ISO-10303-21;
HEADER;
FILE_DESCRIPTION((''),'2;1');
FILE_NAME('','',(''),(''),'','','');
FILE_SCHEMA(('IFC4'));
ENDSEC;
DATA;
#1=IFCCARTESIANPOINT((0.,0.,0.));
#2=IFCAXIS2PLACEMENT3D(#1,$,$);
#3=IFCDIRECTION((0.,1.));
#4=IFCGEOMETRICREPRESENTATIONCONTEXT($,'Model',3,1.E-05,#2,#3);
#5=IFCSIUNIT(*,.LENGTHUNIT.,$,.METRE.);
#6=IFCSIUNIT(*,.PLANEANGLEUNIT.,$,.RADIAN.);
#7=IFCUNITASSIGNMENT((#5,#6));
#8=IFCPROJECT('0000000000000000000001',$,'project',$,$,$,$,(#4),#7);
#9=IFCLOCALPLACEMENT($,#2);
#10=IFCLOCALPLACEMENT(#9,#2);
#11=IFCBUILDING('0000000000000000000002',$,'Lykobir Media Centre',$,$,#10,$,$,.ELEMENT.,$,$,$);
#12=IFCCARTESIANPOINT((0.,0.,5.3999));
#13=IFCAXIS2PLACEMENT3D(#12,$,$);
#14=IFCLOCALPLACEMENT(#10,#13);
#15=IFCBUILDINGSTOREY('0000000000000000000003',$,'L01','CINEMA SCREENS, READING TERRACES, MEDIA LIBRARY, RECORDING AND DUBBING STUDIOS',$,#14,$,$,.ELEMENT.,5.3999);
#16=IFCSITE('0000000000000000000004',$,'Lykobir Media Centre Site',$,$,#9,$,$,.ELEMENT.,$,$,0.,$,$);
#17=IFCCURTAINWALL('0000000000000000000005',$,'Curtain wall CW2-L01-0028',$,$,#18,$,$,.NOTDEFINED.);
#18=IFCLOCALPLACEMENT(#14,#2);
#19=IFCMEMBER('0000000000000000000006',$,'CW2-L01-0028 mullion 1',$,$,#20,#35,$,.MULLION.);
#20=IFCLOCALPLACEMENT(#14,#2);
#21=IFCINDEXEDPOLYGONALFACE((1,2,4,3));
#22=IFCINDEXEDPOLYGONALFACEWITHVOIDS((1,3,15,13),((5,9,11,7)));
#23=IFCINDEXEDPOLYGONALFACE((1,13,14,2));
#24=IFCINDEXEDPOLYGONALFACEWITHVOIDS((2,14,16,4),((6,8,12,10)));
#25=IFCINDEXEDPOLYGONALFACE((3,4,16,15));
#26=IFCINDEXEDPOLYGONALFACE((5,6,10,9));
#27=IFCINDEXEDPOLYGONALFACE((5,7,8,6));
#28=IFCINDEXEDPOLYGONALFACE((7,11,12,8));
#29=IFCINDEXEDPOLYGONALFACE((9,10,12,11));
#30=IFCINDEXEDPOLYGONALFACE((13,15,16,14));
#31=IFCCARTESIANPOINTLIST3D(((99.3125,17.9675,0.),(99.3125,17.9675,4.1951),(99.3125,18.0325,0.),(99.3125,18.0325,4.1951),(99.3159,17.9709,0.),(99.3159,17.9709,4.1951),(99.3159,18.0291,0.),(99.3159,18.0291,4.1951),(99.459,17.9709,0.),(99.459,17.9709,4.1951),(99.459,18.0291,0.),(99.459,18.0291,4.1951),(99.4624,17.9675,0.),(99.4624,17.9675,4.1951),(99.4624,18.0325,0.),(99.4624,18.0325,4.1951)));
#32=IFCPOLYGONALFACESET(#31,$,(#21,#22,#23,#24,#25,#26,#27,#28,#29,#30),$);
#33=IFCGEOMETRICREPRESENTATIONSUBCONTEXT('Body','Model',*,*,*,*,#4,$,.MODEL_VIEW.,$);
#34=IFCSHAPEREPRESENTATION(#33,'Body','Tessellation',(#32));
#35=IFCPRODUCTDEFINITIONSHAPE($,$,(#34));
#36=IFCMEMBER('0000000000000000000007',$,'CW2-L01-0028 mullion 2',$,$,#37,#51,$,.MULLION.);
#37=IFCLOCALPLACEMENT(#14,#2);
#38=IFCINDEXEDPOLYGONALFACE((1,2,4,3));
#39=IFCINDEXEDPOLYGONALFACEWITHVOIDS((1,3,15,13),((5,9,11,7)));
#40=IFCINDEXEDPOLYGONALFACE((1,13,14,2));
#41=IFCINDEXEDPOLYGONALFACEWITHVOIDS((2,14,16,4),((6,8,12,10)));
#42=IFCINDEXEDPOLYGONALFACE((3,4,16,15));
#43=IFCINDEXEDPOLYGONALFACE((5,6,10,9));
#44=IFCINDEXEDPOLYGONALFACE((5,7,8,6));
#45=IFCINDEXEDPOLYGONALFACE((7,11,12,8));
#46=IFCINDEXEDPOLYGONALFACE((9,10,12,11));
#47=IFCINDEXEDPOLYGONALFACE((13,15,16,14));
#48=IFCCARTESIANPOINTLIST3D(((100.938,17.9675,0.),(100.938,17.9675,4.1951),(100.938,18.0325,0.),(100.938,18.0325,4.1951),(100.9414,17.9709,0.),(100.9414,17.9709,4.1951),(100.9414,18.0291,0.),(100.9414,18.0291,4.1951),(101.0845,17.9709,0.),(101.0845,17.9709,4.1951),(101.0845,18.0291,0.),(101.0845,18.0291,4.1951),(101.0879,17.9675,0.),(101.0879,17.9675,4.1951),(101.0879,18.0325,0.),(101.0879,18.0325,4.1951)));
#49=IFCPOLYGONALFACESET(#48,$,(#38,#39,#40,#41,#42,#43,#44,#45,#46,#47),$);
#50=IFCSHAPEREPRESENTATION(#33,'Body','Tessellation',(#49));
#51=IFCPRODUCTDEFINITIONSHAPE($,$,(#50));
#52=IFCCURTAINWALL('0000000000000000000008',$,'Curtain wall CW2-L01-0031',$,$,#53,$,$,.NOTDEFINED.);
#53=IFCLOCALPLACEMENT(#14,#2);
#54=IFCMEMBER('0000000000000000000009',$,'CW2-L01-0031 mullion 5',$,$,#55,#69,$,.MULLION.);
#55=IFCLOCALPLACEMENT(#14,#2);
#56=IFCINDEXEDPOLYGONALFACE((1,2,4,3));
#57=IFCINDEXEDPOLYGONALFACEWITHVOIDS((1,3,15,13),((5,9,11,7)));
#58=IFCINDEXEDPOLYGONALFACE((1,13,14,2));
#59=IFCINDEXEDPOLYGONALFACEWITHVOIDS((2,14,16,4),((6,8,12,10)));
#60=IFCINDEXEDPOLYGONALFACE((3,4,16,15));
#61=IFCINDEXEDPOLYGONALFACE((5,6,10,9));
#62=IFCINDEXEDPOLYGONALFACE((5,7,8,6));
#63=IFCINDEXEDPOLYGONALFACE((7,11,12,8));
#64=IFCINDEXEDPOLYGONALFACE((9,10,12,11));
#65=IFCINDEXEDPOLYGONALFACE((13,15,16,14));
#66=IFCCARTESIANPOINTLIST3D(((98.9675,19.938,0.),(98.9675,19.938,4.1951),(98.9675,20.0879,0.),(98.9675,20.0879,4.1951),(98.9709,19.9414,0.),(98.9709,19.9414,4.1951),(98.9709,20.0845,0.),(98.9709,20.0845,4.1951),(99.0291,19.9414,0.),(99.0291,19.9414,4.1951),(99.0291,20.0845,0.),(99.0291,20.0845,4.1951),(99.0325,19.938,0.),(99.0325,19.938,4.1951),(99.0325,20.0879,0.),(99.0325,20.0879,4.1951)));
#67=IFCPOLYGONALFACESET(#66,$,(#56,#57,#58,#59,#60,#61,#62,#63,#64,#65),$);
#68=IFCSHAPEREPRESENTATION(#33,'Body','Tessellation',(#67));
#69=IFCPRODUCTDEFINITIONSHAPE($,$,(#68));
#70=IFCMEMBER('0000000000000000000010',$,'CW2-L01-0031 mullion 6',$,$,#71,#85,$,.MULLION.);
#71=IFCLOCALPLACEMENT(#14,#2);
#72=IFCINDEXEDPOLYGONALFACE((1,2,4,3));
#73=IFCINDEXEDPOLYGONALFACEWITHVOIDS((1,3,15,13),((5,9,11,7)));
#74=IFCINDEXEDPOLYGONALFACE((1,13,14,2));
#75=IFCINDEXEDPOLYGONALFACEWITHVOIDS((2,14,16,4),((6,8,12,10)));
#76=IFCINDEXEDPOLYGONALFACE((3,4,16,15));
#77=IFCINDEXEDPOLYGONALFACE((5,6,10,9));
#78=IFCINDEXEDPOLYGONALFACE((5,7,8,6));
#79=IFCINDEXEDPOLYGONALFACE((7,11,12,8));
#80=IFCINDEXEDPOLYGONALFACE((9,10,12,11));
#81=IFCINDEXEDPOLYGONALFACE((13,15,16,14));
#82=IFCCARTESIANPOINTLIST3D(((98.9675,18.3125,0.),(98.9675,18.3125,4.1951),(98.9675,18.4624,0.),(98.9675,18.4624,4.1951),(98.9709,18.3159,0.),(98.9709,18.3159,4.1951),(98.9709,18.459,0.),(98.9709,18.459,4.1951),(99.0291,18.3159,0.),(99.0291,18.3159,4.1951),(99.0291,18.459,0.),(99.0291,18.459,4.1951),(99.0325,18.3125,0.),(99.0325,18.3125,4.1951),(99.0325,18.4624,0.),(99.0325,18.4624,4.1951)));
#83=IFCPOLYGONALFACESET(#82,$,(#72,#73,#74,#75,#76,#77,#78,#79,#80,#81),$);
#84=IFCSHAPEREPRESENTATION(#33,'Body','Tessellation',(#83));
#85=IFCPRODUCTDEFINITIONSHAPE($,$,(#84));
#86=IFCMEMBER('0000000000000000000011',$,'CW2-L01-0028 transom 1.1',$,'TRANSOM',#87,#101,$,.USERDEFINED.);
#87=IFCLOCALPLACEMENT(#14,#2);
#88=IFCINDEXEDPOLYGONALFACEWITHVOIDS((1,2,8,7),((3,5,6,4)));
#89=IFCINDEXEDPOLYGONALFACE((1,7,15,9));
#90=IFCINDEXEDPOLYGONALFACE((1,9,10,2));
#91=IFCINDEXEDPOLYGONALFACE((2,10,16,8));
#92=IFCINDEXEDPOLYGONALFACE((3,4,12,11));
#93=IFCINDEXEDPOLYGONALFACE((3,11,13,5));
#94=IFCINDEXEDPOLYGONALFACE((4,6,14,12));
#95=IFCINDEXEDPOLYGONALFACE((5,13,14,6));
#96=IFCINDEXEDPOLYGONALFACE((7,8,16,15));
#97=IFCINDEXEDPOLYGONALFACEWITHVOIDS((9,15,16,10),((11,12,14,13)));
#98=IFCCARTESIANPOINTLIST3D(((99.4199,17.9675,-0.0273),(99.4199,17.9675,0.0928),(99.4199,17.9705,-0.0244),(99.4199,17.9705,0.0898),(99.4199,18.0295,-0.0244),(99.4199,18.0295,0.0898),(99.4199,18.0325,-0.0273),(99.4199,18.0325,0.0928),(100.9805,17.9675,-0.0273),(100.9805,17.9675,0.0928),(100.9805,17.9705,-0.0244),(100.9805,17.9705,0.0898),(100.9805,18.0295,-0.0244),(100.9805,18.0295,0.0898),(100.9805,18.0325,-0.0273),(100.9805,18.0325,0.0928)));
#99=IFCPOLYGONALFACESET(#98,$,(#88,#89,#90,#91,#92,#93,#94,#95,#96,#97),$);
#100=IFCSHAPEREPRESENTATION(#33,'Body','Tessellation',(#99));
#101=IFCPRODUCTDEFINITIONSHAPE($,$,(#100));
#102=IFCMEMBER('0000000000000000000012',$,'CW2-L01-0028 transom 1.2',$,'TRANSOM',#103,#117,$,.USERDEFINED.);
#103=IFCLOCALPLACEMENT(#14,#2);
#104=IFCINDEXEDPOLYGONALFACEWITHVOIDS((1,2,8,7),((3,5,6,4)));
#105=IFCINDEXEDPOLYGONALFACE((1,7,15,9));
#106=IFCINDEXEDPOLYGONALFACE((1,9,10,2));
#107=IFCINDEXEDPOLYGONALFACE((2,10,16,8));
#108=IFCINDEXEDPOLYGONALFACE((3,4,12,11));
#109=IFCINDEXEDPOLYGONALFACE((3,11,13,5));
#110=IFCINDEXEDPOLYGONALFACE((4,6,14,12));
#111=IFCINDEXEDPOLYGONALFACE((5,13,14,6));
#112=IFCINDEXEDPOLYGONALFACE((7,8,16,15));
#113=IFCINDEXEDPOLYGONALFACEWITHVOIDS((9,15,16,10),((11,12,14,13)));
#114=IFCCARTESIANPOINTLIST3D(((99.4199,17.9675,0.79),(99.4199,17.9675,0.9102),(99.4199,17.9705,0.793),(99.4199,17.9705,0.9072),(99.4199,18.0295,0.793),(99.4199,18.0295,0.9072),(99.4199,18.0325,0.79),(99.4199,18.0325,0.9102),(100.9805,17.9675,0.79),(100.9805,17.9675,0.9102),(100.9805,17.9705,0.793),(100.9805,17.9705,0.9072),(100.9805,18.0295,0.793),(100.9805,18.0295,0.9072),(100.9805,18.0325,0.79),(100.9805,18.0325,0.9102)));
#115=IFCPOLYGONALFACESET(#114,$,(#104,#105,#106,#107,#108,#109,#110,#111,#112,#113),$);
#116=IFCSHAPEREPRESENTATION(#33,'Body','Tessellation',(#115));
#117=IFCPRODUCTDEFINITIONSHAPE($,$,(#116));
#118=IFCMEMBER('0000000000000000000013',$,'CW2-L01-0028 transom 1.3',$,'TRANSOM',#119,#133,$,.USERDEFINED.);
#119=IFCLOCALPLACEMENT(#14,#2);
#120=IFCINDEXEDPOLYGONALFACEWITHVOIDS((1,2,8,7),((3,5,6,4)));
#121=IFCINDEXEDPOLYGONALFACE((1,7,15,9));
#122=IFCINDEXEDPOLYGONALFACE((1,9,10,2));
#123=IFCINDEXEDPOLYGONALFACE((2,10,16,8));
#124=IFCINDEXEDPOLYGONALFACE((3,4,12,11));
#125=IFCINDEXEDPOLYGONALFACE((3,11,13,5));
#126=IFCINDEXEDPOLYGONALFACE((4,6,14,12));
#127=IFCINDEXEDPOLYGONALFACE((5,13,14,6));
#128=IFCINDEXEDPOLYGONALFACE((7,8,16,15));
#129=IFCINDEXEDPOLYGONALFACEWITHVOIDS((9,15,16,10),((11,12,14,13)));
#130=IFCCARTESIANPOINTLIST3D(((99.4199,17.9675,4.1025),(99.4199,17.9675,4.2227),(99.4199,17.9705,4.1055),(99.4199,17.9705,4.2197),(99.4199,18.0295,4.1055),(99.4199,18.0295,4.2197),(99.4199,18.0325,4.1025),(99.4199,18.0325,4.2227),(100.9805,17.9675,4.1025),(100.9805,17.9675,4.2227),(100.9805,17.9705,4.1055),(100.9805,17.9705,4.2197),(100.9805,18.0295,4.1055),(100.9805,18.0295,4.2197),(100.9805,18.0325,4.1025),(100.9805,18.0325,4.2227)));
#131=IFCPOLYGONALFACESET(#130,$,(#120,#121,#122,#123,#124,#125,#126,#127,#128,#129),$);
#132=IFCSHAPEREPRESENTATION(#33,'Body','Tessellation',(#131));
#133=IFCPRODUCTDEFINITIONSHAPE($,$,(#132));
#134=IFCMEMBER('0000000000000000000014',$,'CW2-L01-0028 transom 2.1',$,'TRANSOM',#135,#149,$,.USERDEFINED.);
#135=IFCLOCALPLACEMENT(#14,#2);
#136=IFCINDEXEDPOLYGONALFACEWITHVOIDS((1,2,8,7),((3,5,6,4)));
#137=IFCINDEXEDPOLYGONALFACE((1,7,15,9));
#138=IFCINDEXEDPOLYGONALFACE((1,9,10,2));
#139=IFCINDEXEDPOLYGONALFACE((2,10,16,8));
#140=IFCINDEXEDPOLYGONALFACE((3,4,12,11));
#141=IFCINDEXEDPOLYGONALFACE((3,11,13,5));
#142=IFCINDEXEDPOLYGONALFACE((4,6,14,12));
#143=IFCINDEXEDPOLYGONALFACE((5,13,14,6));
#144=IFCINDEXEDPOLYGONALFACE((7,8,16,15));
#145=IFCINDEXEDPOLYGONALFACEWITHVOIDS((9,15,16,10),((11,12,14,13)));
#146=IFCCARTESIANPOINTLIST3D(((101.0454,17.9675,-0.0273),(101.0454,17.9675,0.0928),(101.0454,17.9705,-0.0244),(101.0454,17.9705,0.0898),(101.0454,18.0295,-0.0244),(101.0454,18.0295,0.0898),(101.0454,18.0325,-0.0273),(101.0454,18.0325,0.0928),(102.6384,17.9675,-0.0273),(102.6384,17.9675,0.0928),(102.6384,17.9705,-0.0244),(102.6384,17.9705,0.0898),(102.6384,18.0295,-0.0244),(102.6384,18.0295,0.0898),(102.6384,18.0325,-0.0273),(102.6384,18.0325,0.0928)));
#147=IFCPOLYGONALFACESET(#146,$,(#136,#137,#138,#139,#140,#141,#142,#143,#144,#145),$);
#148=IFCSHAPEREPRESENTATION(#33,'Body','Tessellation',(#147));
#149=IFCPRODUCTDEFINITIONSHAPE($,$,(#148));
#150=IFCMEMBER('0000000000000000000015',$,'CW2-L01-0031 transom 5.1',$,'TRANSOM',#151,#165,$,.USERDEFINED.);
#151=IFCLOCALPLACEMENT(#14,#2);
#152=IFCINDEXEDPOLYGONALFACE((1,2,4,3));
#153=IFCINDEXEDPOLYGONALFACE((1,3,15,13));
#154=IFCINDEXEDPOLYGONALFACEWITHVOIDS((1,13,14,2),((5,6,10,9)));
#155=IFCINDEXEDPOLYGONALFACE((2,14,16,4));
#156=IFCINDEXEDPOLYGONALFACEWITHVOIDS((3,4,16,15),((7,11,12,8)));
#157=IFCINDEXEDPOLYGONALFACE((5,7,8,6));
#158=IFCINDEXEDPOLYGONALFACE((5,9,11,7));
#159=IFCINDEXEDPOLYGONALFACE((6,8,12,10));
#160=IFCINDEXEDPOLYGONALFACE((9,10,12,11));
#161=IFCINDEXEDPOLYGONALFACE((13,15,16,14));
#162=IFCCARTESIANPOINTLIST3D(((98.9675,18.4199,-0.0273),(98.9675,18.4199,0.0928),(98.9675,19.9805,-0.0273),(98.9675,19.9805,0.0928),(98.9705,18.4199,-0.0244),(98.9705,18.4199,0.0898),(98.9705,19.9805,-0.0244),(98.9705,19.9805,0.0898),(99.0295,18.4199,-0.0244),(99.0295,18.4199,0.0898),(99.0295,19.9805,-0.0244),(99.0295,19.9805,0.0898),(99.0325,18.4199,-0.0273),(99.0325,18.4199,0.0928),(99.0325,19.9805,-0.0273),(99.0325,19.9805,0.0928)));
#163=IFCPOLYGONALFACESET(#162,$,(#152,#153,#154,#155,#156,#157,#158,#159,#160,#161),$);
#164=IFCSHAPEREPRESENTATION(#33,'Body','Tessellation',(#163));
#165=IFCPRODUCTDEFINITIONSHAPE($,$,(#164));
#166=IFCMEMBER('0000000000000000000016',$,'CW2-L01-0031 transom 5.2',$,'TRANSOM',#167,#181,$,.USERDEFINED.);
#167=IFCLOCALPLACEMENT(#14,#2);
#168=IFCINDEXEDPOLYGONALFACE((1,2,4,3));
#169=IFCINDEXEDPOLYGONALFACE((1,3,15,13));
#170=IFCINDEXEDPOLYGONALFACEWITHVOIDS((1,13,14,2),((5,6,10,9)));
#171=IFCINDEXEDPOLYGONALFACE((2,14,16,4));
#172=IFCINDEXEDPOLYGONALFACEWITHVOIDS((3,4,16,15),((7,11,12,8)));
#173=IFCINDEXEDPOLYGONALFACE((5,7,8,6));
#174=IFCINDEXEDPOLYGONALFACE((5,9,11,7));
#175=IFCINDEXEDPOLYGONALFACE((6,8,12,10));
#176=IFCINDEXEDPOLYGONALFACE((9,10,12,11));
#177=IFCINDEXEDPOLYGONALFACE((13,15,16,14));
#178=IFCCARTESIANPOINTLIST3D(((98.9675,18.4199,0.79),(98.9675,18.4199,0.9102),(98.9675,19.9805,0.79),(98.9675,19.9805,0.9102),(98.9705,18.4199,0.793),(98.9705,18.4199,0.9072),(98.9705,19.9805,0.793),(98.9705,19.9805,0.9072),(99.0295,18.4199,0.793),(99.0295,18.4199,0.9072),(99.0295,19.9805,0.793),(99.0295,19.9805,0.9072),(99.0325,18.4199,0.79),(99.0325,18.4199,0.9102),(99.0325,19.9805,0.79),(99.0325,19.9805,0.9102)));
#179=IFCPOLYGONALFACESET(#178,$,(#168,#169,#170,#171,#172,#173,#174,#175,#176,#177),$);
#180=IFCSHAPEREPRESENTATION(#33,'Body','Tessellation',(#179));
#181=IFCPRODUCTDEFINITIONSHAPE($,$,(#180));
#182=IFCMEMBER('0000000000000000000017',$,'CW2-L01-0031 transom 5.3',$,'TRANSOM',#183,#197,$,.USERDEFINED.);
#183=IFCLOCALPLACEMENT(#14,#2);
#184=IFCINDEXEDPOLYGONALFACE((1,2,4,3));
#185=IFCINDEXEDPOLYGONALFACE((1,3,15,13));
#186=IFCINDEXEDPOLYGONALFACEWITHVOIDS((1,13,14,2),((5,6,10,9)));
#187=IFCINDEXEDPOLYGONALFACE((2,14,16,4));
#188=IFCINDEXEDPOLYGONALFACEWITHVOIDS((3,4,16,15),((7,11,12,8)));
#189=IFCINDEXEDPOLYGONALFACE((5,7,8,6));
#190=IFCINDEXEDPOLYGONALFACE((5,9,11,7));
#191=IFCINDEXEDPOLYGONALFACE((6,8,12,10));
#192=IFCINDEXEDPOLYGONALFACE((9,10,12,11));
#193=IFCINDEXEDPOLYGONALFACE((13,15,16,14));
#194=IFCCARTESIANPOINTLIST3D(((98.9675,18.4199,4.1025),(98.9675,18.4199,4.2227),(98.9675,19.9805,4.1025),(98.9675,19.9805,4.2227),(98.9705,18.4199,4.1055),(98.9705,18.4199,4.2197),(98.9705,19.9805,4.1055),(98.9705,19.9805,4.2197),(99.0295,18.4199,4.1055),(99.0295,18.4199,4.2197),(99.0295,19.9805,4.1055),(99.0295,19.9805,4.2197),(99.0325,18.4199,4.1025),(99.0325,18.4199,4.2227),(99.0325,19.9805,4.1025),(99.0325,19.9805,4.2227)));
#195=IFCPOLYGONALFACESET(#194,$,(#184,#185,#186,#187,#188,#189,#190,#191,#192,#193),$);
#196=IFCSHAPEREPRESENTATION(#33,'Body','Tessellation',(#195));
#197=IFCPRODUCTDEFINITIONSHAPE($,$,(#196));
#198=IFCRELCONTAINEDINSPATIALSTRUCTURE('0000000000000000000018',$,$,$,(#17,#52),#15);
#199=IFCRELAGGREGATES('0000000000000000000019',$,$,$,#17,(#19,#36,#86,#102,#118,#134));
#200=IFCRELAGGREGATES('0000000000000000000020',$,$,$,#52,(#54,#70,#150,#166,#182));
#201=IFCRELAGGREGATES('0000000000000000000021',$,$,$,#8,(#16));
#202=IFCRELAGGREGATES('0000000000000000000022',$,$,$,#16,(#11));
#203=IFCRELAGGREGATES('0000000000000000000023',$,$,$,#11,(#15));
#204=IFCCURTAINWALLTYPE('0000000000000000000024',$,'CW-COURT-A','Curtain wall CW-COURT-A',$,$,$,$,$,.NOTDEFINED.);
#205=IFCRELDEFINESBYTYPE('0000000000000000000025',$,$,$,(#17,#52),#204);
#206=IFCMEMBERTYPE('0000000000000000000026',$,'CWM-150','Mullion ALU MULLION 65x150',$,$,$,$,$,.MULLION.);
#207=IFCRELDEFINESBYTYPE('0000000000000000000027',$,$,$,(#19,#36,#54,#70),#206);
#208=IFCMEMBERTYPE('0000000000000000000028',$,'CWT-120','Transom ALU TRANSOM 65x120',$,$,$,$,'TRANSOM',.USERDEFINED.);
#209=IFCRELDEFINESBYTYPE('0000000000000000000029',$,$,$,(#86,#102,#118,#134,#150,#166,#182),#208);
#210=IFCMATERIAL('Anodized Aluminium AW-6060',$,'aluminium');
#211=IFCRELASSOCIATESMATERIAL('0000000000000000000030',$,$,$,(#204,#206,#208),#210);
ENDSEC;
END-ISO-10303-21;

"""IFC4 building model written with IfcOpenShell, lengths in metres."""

from ifc_helpers import new_model, si_unit, direction, frame, origin, origin_2d, place, context, subcontext, project, spatial, hollow_rectangle, extrude, material, material_profile, profile_set, type_object, element, aggregate, save


model = new_model("IFC4")

# Units and contexts
model_context = context("Model", 3, precision=1e-05, world=origin(), true_north=direction((0.0, 1.0)))
body_context = subcontext(model_context, "Body", "Model", "MODEL_VIEW")
ifc_project = project(units=[si_unit("LENGTHUNIT", "METRE"), si_unit("PLANEANGLEUNIT", "RADIAN")], contexts=[model_context])

# Site, building, storey
site_placement = place(None, origin())
site = spatial("IfcSite", under=ifc_project, at=site_placement, Name="Lykobir Media Centre Site", CompositionType="ELEMENT", RefElevation=0.0)
building_placement = place(site_placement, origin())
building = spatial("IfcBuilding", under=site, at=building_placement, Name="Lykobir Media Centre", CompositionType="ELEMENT")
storey_placement = place(building_placement, frame((0.0, 0.0, 5.3999)))
storey = spatial("IfcBuildingStorey", under=building, at=storey_placement, Name="L01", Description="CINEMA SCREENS, READING TERRACES, MEDIA LIBRARY, RECORDING AND DUBBING STUDIOS", CompositionType="ELEMENT", Elevation=5.3999)

# Curtain walls, members
ifc_material_1 = material(Name="Anodized Aluminium AW-6060", Category="aluminium")
curtain_wall_type = type_object("IfcCurtainWallType", Name="CW-COURT-A", Description="Curtain wall CW-COURT-A", PredefinedType="NOTDEFINED", material=ifc_material_1)
curtain_wall_1_placement = place(storey_placement, origin())
curtain_wall_1 = element("IfcCurtainWall", 1, at=curtain_wall_1_placement, inside=storey, type_object=curtain_wall_type, Name="Curtain wall CW2-L01-0028", PredefinedType="NOTDEFINED")
ifc_material_profile_1 = material_profile(ifc_material_1, hollow_rectangle(XDim=0.0649, YDim=0.1499, WallThickness=0.0034, at=origin_2d()), Name="ALU MULLION 65x150")
ifc_profile_set_1 = profile_set([ifc_material_profile_1], Name="Anodized Aluminium AW-6060")
member_type_1 = type_object("IfcMemberType", Name="CWM-150", Description="Mullion ALU MULLION 65x150", PredefinedType="MULLION", material=ifc_profile_set_1)
member_1_placement = place(storey_placement, frame((99.3875, 18.0, 0.0), z_axis=(0.0, 0.0, 1.0), x_axis=(0.0, 1.0, 0.0)))
member_1 = element("IfcMember", 2, at=member_1_placement, type_object=member_type_1, Name="CW2-L01-0028 mullion 1", PredefinedType="MULLION", context=body_context, shape_type="SweptSolid", body=[
    extrude(hollow_rectangle(XDim=0.0649, YDim=0.1499, WallThickness=0.0034, at=origin_2d()), origin(), (0.0, 0.0, 1.0), 4.1951),
])
member_2_placement = place(storey_placement, frame((101.0129, 18.0, 0.0), z_axis=(0.0, 0.0, 1.0), x_axis=(0.0, 1.0, 0.0)))
member_2 = element("IfcMember", 3, at=member_2_placement, type_object=member_type_1, Name="CW2-L01-0028 mullion 2", PredefinedType="MULLION", context=body_context, shape_type="SweptSolid", body=[
    extrude(hollow_rectangle(XDim=0.0649, YDim=0.1499, WallThickness=0.0034, at=origin_2d()), origin(), (0.0, 0.0, 1.0), 4.1951),
])
curtain_wall_2_placement = place(storey_placement, origin())
curtain_wall_2 = element("IfcCurtainWall", 4, at=curtain_wall_2_placement, inside=storey, type_object=curtain_wall_type, Name="Curtain wall CW2-L01-0031", PredefinedType="NOTDEFINED")
member_3_placement = place(storey_placement, frame((99.0, 20.0129, 0.0), z_axis=(0.0, 0.0, 1.0), x_axis=(1.0, 0.0, 0.0)))
member_3 = element("IfcMember", 5, at=member_3_placement, type_object=member_type_1, Name="CW2-L01-0031 mullion 5", PredefinedType="MULLION", context=body_context, shape_type="SweptSolid", body=[
    extrude(hollow_rectangle(XDim=0.0649, YDim=0.1499, WallThickness=0.0034, at=origin_2d()), origin(), (0.0, 0.0, 1.0), 4.1951),
])
member_4_placement = place(storey_placement, frame((99.0, 18.3875, 0.0), z_axis=(0.0, 0.0, 1.0), x_axis=(1.0, 0.0, 0.0)))
member_4 = element("IfcMember", 6, at=member_4_placement, type_object=member_type_1, Name="CW2-L01-0031 mullion 6", PredefinedType="MULLION", context=body_context, shape_type="SweptSolid", body=[
    extrude(hollow_rectangle(XDim=0.0649, YDim=0.1499, WallThickness=0.0034, at=origin_2d()), origin(), (0.0, 0.0, 1.0), 4.1951),
])

# Members
ifc_material_profile_2 = material_profile(ifc_material_1, hollow_rectangle(XDim=0.0649, YDim=0.1201, WallThickness=0.0029, at=origin_2d()), Name="ALU TRANSOM 65x120")
ifc_profile_set_2 = profile_set([ifc_material_profile_2], Name="Anodized Aluminium AW-6060")
member_type_2 = type_object("IfcMemberType", Name="CWT-120", Description="Transom ALU TRANSOM 65x120", ElementType="TRANSOM", PredefinedType="USERDEFINED", material=ifc_profile_set_2)
member_5_placement = place(storey_placement, frame((99.4199, 18.0, 0.0327), z_axis=(1.0, 0.0, 0.0), x_axis=(0.0, 1.0, 0.0)))
member_5 = element("IfcMember", 7, at=member_5_placement, type_object=member_type_2, Name="CW2-L01-0028 transom 1.1", ObjectType="TRANSOM", PredefinedType="USERDEFINED", context=body_context, shape_type="SweptSolid", body=[
    extrude(hollow_rectangle(XDim=0.0649, YDim=0.1201, WallThickness=0.0029, at=origin_2d()), origin(), (0.0, 0.0, 1.0), 1.5605),
])
member_6_placement = place(storey_placement, frame((99.4199, 18.0, 0.8501), z_axis=(1.0, 0.0, 0.0), x_axis=(0.0, 1.0, 0.0)))
member_6 = element("IfcMember", 8, at=member_6_placement, type_object=member_type_2, Name="CW2-L01-0028 transom 1.2", ObjectType="TRANSOM", PredefinedType="USERDEFINED", context=body_context, shape_type="SweptSolid", body=[
    extrude(hollow_rectangle(XDim=0.0649, YDim=0.1201, WallThickness=0.0029, at=origin_2d()), origin(), (0.0, 0.0, 1.0), 1.5605),
])
member_7_placement = place(storey_placement, frame((99.4199, 18.0, 4.1626), z_axis=(1.0, 0.0, 0.0), x_axis=(0.0, 1.0, 0.0)))
member_7 = element("IfcMember", 9, at=member_7_placement, type_object=member_type_2, Name="CW2-L01-0028 transom 1.3", ObjectType="TRANSOM", PredefinedType="USERDEFINED", context=body_context, shape_type="SweptSolid", body=[
    extrude(hollow_rectangle(XDim=0.0649, YDim=0.1201, WallThickness=0.0029, at=origin_2d()), origin(), (0.0, 0.0, 1.0), 1.5605),
])
member_8_placement = place(storey_placement, frame((101.0454, 18.0, 0.0327), z_axis=(1.0, 0.0, 0.0), x_axis=(0.0, 1.0, 0.0)))
member_8 = element("IfcMember", 10, at=member_8_placement, type_object=member_type_2, Name="CW2-L01-0028 transom 2.1", ObjectType="TRANSOM", PredefinedType="USERDEFINED", context=body_context, shape_type="SweptSolid", body=[
    extrude(hollow_rectangle(XDim=0.0649, YDim=0.1201, WallThickness=0.0029, at=origin_2d()), origin(), (0.0, 0.0, 1.0), 1.593),
])
member_9_placement = place(storey_placement, frame((99.0, 19.9805, 0.0327), z_axis=(0.0, -1.0, 0.0), x_axis=(1.0, 0.0, 0.0)))
member_9 = element("IfcMember", 11, at=member_9_placement, type_object=member_type_2, Name="CW2-L01-0031 transom 5.1", ObjectType="TRANSOM", PredefinedType="USERDEFINED", context=body_context, shape_type="SweptSolid", body=[
    extrude(hollow_rectangle(XDim=0.0649, YDim=0.1201, WallThickness=0.0029, at=origin_2d()), origin(), (0.0, 0.0, 1.0), 1.5605),
])
member_10_placement = place(storey_placement, frame((99.0, 19.9805, 0.8501), z_axis=(0.0, -1.0, 0.0), x_axis=(1.0, 0.0, 0.0)))
member_10 = element("IfcMember", 12, at=member_10_placement, type_object=member_type_2, Name="CW2-L01-0031 transom 5.2", ObjectType="TRANSOM", PredefinedType="USERDEFINED", context=body_context, shape_type="SweptSolid", body=[
    extrude(hollow_rectangle(XDim=0.0649, YDim=0.1201, WallThickness=0.0029, at=origin_2d()), origin(), (0.0, 0.0, 1.0), 1.5605),
])
member_11_placement = place(storey_placement, frame((99.0, 19.9805, 4.1626), z_axis=(0.0, -1.0, 0.0), x_axis=(1.0, 0.0, 0.0)))
member_11 = element("IfcMember", 13, at=member_11_placement, type_object=member_type_2, Name="CW2-L01-0031 transom 5.3", ObjectType="TRANSOM", PredefinedType="USERDEFINED", context=body_context, shape_type="SweptSolid", body=[
    extrude(hollow_rectangle(XDim=0.0649, YDim=0.1201, WallThickness=0.0029, at=origin_2d()), origin(), (0.0, 0.0, 1.0), 1.5605),
])

aggregate(curtain_wall_1, [member_1, member_2, member_5, member_6, member_7, member_8])
aggregate(curtain_wall_2, [member_3, member_4, member_9, member_10, member_11])

save(model, "model.ifc")
